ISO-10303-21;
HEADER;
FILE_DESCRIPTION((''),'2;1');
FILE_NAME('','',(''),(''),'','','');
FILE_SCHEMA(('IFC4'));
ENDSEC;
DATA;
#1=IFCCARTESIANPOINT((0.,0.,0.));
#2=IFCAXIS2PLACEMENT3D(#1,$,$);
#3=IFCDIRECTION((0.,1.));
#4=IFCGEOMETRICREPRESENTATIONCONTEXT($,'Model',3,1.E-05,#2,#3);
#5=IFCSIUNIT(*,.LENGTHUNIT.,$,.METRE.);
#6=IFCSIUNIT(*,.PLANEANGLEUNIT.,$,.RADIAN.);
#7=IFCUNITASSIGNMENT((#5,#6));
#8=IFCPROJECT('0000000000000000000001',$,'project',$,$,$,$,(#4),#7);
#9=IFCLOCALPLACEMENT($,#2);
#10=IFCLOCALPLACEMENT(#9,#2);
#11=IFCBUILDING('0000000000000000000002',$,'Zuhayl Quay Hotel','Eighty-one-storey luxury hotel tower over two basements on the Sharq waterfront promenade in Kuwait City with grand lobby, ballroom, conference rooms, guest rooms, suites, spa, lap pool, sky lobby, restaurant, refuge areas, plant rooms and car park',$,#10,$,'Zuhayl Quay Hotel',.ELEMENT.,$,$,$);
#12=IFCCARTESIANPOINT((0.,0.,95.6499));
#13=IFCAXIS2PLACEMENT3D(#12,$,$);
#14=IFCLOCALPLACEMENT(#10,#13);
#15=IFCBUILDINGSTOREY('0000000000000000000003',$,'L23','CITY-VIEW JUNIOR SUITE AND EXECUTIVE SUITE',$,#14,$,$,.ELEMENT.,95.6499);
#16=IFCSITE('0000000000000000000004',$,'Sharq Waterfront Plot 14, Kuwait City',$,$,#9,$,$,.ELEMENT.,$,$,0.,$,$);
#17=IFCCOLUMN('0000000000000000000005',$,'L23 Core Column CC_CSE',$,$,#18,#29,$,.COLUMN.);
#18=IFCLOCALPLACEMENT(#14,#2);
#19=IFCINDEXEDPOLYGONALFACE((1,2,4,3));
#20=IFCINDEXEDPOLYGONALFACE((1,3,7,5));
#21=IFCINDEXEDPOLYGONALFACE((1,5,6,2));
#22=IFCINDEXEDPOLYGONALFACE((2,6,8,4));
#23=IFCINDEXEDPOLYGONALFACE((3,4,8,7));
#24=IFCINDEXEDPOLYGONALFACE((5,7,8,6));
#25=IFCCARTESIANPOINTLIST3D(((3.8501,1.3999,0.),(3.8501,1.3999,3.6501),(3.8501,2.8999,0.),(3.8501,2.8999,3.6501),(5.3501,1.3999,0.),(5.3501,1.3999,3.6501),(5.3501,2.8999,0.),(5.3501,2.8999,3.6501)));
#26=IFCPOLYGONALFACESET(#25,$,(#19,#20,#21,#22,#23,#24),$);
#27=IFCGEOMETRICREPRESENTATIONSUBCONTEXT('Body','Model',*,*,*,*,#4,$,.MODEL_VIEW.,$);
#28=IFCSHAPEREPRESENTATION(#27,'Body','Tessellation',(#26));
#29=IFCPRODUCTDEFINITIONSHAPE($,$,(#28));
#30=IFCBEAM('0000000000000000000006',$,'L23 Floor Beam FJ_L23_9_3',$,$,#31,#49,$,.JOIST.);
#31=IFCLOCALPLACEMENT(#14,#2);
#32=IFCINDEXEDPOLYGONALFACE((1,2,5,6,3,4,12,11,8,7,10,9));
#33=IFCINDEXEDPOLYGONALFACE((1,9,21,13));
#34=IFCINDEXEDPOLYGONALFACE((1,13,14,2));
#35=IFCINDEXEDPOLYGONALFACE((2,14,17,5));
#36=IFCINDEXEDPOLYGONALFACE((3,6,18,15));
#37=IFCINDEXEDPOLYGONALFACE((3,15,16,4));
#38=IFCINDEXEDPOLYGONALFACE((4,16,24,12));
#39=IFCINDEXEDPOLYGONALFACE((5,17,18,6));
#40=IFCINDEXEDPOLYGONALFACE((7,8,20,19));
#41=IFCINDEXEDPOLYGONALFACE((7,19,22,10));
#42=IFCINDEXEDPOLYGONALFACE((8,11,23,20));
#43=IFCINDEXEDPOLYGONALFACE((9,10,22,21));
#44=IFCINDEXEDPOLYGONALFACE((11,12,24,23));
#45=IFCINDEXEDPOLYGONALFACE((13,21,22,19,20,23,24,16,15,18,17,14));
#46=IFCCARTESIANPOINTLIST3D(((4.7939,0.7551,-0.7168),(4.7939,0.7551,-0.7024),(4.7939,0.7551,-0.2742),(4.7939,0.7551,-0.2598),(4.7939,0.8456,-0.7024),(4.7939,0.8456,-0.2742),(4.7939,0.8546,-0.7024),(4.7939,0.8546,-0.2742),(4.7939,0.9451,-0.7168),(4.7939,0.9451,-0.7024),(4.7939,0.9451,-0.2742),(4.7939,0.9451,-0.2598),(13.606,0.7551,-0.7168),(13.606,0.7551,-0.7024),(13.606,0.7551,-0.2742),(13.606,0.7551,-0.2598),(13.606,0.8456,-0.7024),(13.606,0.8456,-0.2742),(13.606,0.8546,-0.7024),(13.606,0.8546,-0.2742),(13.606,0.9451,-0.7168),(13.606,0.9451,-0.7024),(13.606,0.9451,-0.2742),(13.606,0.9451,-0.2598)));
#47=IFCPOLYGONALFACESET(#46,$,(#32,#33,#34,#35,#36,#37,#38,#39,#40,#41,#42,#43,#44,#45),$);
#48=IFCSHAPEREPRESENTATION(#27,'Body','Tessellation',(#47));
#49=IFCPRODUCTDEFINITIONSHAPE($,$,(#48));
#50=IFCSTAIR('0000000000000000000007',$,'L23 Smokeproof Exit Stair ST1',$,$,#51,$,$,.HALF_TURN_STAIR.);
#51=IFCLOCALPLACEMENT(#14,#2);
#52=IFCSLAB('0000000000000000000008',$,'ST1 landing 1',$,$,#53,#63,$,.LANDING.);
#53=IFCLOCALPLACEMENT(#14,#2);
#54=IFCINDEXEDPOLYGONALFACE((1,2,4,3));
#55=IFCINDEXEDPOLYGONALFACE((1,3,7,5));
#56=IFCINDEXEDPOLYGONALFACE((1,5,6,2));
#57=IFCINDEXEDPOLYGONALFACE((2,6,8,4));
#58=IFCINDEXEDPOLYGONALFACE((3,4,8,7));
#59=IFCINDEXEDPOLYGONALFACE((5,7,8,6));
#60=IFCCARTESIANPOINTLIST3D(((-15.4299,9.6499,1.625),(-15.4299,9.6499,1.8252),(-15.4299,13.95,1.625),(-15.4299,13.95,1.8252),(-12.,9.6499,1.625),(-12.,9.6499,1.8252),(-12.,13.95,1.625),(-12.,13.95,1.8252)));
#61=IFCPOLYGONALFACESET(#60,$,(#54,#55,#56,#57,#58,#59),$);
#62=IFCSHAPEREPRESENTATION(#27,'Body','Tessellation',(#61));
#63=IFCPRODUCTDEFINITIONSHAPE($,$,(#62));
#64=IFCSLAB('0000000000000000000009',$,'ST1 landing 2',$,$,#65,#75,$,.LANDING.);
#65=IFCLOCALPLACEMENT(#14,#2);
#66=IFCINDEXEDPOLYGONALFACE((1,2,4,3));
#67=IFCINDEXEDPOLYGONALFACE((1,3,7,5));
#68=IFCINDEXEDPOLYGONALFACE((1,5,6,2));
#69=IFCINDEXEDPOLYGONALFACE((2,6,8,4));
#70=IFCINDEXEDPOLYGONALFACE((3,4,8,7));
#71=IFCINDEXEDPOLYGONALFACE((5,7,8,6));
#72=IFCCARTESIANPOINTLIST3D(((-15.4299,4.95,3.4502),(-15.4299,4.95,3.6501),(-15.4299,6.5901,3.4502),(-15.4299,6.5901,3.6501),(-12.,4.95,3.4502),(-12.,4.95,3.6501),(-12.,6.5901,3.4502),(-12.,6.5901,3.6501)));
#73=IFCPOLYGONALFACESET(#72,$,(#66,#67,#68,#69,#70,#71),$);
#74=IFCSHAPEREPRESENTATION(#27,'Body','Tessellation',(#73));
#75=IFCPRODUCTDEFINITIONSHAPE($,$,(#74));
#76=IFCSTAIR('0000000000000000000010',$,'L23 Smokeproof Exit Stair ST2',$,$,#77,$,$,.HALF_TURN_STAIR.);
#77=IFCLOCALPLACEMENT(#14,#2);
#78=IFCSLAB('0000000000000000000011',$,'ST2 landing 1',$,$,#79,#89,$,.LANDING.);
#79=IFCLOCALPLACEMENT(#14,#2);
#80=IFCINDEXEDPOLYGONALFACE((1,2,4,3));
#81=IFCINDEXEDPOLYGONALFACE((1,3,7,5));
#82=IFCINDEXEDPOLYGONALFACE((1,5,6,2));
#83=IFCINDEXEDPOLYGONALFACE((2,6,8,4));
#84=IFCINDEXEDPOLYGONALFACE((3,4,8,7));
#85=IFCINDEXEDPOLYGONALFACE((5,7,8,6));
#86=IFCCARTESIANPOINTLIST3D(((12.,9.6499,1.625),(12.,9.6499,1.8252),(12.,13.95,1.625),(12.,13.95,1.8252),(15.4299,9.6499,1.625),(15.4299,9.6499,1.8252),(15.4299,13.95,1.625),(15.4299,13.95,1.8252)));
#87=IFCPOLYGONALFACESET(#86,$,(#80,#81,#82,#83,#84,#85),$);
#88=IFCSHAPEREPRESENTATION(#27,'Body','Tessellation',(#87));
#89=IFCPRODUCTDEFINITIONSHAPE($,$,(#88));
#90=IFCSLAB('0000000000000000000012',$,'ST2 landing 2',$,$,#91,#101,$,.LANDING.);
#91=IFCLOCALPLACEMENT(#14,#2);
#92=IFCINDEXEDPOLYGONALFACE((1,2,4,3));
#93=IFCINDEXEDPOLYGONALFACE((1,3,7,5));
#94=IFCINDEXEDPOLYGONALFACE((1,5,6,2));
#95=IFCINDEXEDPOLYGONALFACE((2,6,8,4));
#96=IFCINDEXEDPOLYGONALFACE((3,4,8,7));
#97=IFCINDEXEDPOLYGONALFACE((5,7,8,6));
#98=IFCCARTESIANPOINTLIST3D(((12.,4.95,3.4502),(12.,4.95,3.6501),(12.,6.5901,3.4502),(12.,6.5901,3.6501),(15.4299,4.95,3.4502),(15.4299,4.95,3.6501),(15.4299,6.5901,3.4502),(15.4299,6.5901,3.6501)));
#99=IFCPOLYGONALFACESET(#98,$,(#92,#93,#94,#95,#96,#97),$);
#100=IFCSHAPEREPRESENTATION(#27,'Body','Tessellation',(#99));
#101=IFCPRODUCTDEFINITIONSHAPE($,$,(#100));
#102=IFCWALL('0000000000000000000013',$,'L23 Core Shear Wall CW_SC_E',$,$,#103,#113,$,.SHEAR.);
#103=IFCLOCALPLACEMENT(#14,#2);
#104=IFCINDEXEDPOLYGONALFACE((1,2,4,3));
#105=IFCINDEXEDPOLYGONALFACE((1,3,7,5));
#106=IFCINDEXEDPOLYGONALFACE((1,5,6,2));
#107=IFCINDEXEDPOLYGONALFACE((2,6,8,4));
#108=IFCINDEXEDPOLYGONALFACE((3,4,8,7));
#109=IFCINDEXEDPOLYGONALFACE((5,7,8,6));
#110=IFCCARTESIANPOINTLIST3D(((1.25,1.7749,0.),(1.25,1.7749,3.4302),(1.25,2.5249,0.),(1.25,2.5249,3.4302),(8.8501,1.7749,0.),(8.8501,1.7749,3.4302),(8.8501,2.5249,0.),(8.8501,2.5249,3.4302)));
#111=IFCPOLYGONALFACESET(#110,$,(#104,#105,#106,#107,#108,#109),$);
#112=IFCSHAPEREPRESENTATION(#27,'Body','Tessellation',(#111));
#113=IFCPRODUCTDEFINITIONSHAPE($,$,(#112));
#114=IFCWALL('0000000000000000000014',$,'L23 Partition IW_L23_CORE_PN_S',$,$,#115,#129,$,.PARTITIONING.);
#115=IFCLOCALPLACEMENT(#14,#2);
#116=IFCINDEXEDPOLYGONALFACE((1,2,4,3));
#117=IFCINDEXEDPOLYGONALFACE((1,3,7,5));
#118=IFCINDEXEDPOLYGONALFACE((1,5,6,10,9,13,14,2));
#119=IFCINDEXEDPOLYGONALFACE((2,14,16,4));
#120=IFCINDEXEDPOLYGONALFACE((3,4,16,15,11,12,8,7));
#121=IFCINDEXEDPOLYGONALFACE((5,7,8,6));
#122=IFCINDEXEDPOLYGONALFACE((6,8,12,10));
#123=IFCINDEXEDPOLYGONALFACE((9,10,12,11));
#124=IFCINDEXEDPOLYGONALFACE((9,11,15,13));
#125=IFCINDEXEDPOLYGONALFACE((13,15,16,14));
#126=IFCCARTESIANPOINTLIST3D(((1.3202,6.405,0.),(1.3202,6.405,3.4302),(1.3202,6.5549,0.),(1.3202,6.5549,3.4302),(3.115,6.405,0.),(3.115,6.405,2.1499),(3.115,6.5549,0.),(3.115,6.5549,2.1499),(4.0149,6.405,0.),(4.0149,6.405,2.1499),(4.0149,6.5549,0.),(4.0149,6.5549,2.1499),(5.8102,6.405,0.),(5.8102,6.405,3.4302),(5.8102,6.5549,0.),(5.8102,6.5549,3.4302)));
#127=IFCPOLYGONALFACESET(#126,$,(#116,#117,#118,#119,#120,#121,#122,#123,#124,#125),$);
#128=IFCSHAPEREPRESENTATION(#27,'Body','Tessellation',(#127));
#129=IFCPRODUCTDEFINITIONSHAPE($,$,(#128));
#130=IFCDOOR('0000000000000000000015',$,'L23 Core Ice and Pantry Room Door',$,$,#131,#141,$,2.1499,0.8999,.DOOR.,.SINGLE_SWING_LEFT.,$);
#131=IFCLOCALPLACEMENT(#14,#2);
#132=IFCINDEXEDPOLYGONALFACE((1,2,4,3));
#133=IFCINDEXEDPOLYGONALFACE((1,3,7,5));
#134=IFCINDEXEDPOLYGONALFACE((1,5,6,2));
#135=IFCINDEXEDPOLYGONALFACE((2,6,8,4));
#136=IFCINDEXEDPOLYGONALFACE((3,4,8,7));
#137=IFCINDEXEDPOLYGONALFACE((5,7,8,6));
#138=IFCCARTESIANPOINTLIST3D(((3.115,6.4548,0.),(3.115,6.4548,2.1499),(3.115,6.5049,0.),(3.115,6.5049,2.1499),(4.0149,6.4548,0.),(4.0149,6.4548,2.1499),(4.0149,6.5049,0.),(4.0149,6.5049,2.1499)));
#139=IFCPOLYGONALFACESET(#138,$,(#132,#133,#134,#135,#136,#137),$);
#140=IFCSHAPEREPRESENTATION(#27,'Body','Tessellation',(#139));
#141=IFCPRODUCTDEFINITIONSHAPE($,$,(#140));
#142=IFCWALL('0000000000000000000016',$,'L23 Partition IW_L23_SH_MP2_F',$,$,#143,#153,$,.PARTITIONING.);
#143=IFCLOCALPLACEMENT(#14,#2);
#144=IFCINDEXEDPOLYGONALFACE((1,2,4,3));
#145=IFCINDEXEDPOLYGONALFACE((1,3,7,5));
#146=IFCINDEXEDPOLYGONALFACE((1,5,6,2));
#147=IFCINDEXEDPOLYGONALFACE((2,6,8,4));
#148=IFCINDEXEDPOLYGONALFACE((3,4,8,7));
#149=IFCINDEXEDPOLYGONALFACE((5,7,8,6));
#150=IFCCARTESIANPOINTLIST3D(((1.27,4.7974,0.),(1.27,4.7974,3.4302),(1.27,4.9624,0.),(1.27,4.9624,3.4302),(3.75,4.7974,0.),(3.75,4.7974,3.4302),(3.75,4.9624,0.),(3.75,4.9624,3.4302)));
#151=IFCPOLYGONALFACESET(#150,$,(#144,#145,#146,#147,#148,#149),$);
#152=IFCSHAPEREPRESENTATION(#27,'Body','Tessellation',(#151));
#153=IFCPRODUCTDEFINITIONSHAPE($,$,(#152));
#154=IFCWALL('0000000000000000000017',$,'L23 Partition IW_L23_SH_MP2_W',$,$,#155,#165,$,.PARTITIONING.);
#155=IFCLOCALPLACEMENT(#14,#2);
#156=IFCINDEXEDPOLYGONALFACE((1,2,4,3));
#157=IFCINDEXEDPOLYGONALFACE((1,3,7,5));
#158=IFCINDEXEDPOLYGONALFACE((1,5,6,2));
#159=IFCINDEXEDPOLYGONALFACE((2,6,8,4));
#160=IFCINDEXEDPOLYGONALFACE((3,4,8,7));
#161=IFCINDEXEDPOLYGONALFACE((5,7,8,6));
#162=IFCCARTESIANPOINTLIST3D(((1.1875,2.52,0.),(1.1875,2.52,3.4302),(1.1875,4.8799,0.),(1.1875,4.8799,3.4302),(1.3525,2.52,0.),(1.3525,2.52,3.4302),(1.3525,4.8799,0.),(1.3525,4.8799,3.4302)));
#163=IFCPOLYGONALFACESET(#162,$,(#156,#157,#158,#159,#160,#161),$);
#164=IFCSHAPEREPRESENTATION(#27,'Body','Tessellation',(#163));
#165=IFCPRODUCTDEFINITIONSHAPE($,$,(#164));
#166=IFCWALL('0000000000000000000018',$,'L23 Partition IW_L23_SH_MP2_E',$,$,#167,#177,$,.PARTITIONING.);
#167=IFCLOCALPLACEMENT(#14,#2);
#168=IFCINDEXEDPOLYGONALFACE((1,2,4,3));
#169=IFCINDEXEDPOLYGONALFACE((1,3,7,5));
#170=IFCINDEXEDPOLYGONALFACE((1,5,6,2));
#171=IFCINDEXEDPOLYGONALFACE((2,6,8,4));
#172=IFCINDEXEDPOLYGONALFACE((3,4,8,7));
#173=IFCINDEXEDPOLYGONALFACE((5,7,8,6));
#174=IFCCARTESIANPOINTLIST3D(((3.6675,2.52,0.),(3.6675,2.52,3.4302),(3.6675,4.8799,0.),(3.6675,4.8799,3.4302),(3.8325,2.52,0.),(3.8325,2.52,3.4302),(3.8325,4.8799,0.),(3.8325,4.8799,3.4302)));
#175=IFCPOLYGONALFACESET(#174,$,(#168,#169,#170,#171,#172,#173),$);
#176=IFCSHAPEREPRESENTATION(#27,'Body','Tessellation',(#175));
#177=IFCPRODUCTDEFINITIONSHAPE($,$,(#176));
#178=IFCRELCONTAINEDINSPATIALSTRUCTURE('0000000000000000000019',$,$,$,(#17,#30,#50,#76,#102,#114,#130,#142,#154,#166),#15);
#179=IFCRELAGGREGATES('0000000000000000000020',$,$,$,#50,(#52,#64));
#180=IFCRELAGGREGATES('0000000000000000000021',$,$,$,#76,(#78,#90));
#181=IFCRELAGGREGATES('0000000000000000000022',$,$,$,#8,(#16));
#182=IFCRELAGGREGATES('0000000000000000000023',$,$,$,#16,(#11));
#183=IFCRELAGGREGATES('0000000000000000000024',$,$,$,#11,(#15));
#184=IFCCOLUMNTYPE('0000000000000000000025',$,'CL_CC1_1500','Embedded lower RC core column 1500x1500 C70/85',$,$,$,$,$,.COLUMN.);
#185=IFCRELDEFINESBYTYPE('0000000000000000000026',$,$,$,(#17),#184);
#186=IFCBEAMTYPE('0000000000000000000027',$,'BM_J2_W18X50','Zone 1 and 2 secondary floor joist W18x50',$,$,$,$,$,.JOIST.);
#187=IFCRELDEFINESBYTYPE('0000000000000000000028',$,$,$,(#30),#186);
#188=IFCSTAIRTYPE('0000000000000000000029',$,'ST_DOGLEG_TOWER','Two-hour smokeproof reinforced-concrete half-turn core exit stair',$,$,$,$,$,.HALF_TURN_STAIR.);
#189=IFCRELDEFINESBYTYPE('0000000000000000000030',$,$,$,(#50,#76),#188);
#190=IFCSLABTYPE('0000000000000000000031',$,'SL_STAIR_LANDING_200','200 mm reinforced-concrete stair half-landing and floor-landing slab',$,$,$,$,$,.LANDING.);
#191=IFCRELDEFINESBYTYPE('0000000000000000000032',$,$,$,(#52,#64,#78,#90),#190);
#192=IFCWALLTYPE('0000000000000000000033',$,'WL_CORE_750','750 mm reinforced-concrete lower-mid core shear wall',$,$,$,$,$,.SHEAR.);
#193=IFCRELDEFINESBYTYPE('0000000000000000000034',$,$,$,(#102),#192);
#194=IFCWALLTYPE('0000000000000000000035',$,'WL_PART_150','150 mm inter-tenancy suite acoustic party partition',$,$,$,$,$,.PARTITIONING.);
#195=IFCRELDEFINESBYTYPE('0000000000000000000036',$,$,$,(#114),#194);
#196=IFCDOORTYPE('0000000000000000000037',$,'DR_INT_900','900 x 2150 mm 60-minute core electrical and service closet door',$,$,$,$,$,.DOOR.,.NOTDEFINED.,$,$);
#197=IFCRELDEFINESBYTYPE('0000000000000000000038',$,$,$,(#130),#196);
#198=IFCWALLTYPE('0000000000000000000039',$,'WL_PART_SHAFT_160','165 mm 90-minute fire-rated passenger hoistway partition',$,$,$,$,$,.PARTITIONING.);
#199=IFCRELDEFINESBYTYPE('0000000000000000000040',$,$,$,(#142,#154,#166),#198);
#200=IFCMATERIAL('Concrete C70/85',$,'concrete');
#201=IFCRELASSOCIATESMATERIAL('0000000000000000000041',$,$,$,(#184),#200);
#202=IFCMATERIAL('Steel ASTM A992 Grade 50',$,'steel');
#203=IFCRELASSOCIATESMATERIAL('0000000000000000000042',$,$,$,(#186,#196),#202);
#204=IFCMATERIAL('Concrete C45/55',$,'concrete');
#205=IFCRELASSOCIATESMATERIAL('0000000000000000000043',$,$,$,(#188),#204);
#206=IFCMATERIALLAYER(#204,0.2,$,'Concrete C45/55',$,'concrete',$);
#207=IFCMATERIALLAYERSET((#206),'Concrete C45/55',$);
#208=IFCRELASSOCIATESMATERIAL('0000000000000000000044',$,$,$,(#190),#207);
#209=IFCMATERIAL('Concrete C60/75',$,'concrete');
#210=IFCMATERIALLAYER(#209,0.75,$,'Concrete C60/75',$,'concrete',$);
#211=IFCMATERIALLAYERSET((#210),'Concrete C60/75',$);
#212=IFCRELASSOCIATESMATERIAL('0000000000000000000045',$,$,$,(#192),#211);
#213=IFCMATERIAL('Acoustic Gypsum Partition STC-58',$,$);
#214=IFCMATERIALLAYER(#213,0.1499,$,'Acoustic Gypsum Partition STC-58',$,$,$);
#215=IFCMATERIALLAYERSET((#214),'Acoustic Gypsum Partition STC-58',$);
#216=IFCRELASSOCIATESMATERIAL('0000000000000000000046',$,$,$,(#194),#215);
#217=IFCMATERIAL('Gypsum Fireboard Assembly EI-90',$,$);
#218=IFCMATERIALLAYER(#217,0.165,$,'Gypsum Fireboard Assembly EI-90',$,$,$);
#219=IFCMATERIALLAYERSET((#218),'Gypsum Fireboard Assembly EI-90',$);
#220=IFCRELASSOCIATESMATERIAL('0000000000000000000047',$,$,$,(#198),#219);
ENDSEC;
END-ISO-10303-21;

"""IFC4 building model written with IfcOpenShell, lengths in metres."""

from ifc_helpers import new_model, si_unit, direction, frame, frame_2d, origin, origin_2d, place, context, subcontext, project, spatial, polyline, rectangle, i_section, outline, extrude, material, layer, layer_set, material_profile, profile_set, type_object, element, fill, aggregate, save


model = new_model("IFC4")

# Units and contexts
model_context = context("Model", 3, precision=1e-05, world=origin(), true_north=direction((0.0, 1.0)))
body_context = subcontext(model_context, "Body", "Model", "MODEL_VIEW")
ifc_project = project(units=[si_unit("LENGTHUNIT", "METRE"), si_unit("PLANEANGLEUNIT", "RADIAN")], contexts=[model_context])

# Site, building, storey
site_placement = place(None, origin())
site = spatial("IfcSite", under=ifc_project, at=site_placement, Name="Sharq Waterfront Plot 14, Kuwait City", CompositionType="ELEMENT", RefElevation=0.0)
building_placement = place(site_placement, origin())
building = spatial("IfcBuilding", under=site, at=building_placement, Name="Zuhayl Quay Hotel", Description="Eighty-one-storey luxury hotel tower over two basements on the Sharq waterfront promenade in Kuwait City with grand lobby, ballroom, conference rooms, guest rooms, suites, spa, lap pool, sky lobby, restaurant, refuge areas, plant rooms and car park", LongName="Zuhayl Quay Hotel", CompositionType="ELEMENT")
storey_placement = place(building_placement, frame((0.0, 0.0, 95.6499)))
storey = spatial("IfcBuildingStorey", under=building, at=storey_placement, Name="L23", Description="CITY-VIEW JUNIOR SUITE AND EXECUTIVE SUITE", CompositionType="ELEMENT", Elevation=95.6499)

# Column
ifc_material_1 = material(Name="Concrete C70/85", Category="concrete")
ifc_material_profile_1 = material_profile(ifc_material_1, rectangle(XDim=1.5, YDim=1.5, at=origin_2d()), Name="RC1500X1500")
ifc_profile_set_1 = profile_set([ifc_material_profile_1], Name="Concrete C70/85")
column_type = type_object("IfcColumnType", Name="CL_CC1_1500", Description="Embedded lower RC core column 1500x1500 C70/85", PredefinedType="COLUMN", material=ifc_profile_set_1)
column_placement = place(storey_placement, frame((4.6001, 2.1499, 0.0), z_axis=(0.0, 0.0, 1.0), x_axis=(1.0, 0.0, 0.0)))
element("IfcColumn", 1, at=column_placement, inside=storey, type_object=column_type, Name="L23 Core Column CC_CSE", PredefinedType="COLUMN", context=body_context, shape_type="SweptSolid", body=[
    extrude(rectangle(XDim=1.5, YDim=1.5, at=origin_2d()), origin(), (0.0, 0.0, 1.0), 3.6501),
])

# Beam
ifc_material_2 = material(Name="Steel ASTM A992 Grade 50", Category="steel")
ifc_material_profile_2 = material_profile(ifc_material_2, i_section(OverallWidth=0.1899, OverallDepth=0.457, WebThickness=0.009, FlangeThickness=0.0144, at=origin_2d()), Name="W18X50")
ifc_profile_set_2 = profile_set([ifc_material_profile_2], Name="Steel ASTM A992 Grade 50")
beam_type = type_object("IfcBeamType", Name="BM_J2_W18X50", Description="Zone 1 and 2 secondary floor joist W18x50", PredefinedType="JOIST", material=ifc_profile_set_2)
beam_placement = place(storey_placement, frame((4.7939, 0.8501, -0.4883), z_axis=(1.0, 0.0, 0.0), x_axis=(0.0, 1.0, 0.0)))
element("IfcBeam", 2, at=beam_placement, inside=storey, type_object=beam_type, Name="L23 Floor Beam FJ_L23_9_3", PredefinedType="JOIST", context=body_context, shape_type="SweptSolid", body=[
    extrude(i_section(OverallWidth=0.1899, OverallDepth=0.457, WebThickness=0.009, FlangeThickness=0.0144, at=origin_2d()), origin(), (0.0, 0.0, 1.0), 8.812),
])

# Stairs, slabs
ifc_material_3 = material(Name="Concrete C45/55", Category="concrete")
stair_type = type_object("IfcStairType", Name="ST_DOGLEG_TOWER", Description="Two-hour smokeproof reinforced-concrete half-turn core exit stair", PredefinedType="HALF_TURN_STAIR", material=ifc_material_3)
stair_1_placement = place(storey_placement, origin())
stair_1 = element("IfcStair", 3, at=stair_1_placement, inside=storey, type_object=stair_type, Name="L23 Smokeproof Exit Stair ST1", PredefinedType="HALF_TURN_STAIR")
ifc_layer_1 = layer(ifc_material_3, 0.2, Name="Concrete C45/55", Category="concrete")
ifc_layer_set_1 = layer_set([ifc_layer_1], Name="Concrete C45/55")
slab_type = type_object("IfcSlabType", Name="SL_STAIR_LANDING_200", Description="200 mm reinforced-concrete stair half-landing and floor-landing slab", PredefinedType="LANDING", material=ifc_layer_set_1)
slab_1_placement = place(storey_placement, frame((0.0, 0.0, 1.625)))
slab_1 = element("IfcSlab", 4, at=slab_1_placement, type_object=slab_type, Name="ST1 landing 1", PredefinedType="LANDING", context=body_context, shape_type="SweptSolid", body=[
    extrude(outline(polyline([(-12.0, 9.6499), (-12.0, 13.95), (-15.4299, 13.95), (-15.4299, 9.6499), (-12.0, 9.6499)])), origin(), (0.0, 0.0, 1.0), 0.2002),
])
slab_2_placement = place(storey_placement, frame((0.0, 0.0, 3.4502)))
slab_2 = element("IfcSlab", 5, at=slab_2_placement, type_object=slab_type, Name="ST1 landing 2", PredefinedType="LANDING", context=body_context, shape_type="SweptSolid", body=[
    extrude(outline(polyline([(-12.0, 4.95), (-12.0, 6.5901), (-15.4299, 6.5901), (-15.4299, 4.95), (-12.0, 4.95)])), origin(), (0.0, 0.0, 1.0), 0.2),
])
aggregate(stair_1, [slab_1, slab_2])
stair_2_placement = place(storey_placement, origin())
stair_2 = element("IfcStair", 6, at=stair_2_placement, inside=storey, type_object=stair_type, Name="L23 Smokeproof Exit Stair ST2", PredefinedType="HALF_TURN_STAIR")
slab_3_placement = place(storey_placement, frame((0.0, 0.0, 1.625)))
slab_3 = element("IfcSlab", 7, at=slab_3_placement, type_object=slab_type, Name="ST2 landing 1", PredefinedType="LANDING", context=body_context, shape_type="SweptSolid", body=[
    extrude(outline(polyline([(15.4299, 9.6499), (15.4299, 13.95), (12.0, 13.95), (12.0, 9.6499), (15.4299, 9.6499)])), origin(), (0.0, 0.0, 1.0), 0.2002),
])
slab_4_placement = place(storey_placement, frame((0.0, 0.0, 3.4502)))
slab_4 = element("IfcSlab", 8, at=slab_4_placement, type_object=slab_type, Name="ST2 landing 2", PredefinedType="LANDING", context=body_context, shape_type="SweptSolid", body=[
    extrude(outline(polyline([(15.4299, 4.95), (15.4299, 6.5901), (12.0, 6.5901), (12.0, 4.95), (15.4299, 4.95)])), origin(), (0.0, 0.0, 1.0), 0.2),
])
aggregate(stair_2, [slab_3, slab_4])

# Wall
ifc_material_4 = material(Name="Concrete C60/75", Category="concrete")
ifc_layer_2 = layer(ifc_material_4, 0.75, Name="Concrete C60/75", Category="concrete")
ifc_layer_set_2 = layer_set([ifc_layer_2], Name="Concrete C60/75")
wall_type_1 = type_object("IfcWallType", Name="WL_CORE_750", Description="750 mm reinforced-concrete lower-mid core shear wall", PredefinedType="SHEAR", material=ifc_layer_set_2)
wall_1_placement = place(storey_placement, frame((1.25, 2.1499, 0.0), z_axis=(0.0, 0.0, 1.0), x_axis=(1.0, 0.0, 0.0)))
element("IfcWall", 9, at=wall_1_placement, inside=storey, type_object=wall_type_1, Name="L23 Core Shear Wall CW_SC_E", PredefinedType="SHEAR", context=body_context, shape_type="SweptSolid", body=[
    extrude(rectangle(XDim=7.6001, YDim=0.75, at=frame_2d((3.8, 0.0))), origin(), (0.0, 0.0, 1.0), 3.4302),
])

# Wall, opening, door
ifc_material_5 = material(Name="Acoustic Gypsum Partition STC-58")
ifc_layer_3 = layer(ifc_material_5, 0.1499, Name="Acoustic Gypsum Partition STC-58")
ifc_layer_set_3 = layer_set([ifc_layer_3], Name="Acoustic Gypsum Partition STC-58")
wall_type_2 = type_object("IfcWallType", Name="WL_PART_150", Description="150 mm inter-tenancy suite acoustic party partition", PredefinedType="PARTITIONING", material=ifc_layer_set_3)
wall_2_placement = place(storey_placement, frame((1.3201, 6.48, 0.0), z_axis=(0.0, 0.0, 1.0), x_axis=(1.0, 0.0, 0.0)))
wall_2 = element("IfcWall", 10, at=wall_2_placement, inside=storey, type_object=wall_type_2, Name="L23 Partition IW_L23_CORE_PN_S", PredefinedType="PARTITIONING", context=body_context, shape_type="SweptSolid", body=[
    extrude(rectangle(XDim=4.49, YDim=0.1499, at=frame_2d((2.2451, 0.0))), origin(), (0.0, 0.0, 1.0), 3.4302),
])
opening_placement = place(wall_2_placement, frame((1.7949, 0.0, 0.0)))
opening = element("IfcOpeningElement", 11, at=opening_placement, cuts=wall_2, PredefinedType="OPENING", context=body_context, shape_type="SweptSolid", body=[
    extrude(rectangle(XDim=0.8999, YDim=2.1499, at=frame_2d((0.45, 1.075))), frame((0.0, 0.085, 0.0), z_axis=(0.0, -1.0, 0.0), x_axis=(1.0, 0.0, 0.0)), (0.0, 0.0, 1.0), 0.1699),
])
door_type = type_object("IfcDoorType", Name="DR_INT_900", Description="900 x 2150 mm 60-minute core electrical and service closet door", OperationType="NOTDEFINED", PredefinedType="DOOR", material=ifc_material_2)
door_placement = place(opening_placement, origin())
door = element("IfcDoor", 12, at=door_placement, inside=storey, type_object=door_type, Name="L23 Core Ice and Pantry Room Door", OperationType="SINGLE_SWING_LEFT", OverallHeight=2.1499, OverallWidth=0.8999, PredefinedType="DOOR", context=body_context, shape_type="SweptSolid", body=[
    extrude(rectangle(XDim=0.8999, YDim=2.1499, at=frame_2d((0.45, 1.075))), frame((0.0, 0.0249, 0.0), z_axis=(0.0, -1.0, 0.0), x_axis=(1.0, 0.0, 0.0)), (0.0, 0.0, 1.0), 0.05),
])
fill(opening, door)

# Walls
ifc_material_6 = material(Name="Gypsum Fireboard Assembly EI-90")
ifc_layer_4 = layer(ifc_material_6, 0.165, Name="Gypsum Fireboard Assembly EI-90")
ifc_layer_set_4 = layer_set([ifc_layer_4], Name="Gypsum Fireboard Assembly EI-90")
wall_type_3 = type_object("IfcWallType", Name="WL_PART_SHAFT_160", Description="165 mm 90-minute fire-rated passenger hoistway partition", PredefinedType="PARTITIONING", material=ifc_layer_set_4)
wall_3_placement = place(storey_placement, frame((1.27, 4.8799, 0.0), z_axis=(0.0, 0.0, 1.0), x_axis=(1.0, 0.0, 0.0)))
element("IfcWall", 13, at=wall_3_placement, inside=storey, type_object=wall_type_3, Name="L23 Partition IW_L23_SH_MP2_F", PredefinedType="PARTITIONING", context=body_context, shape_type="SweptSolid", body=[
    extrude(rectangle(XDim=2.48, YDim=0.165, at=frame_2d((1.24, 0.0))), origin(), (0.0, 0.0, 1.0), 3.4302),
])
for number, where, z_axis, x_axis, name in (
    (14, (1.27, 2.52, 0.0), (0.0, 0.0, 1.0), (0.0, 1.0, 0.0), "L23 Partition IW_L23_SH_MP2_W"),
    (15, (3.75, 2.52, 0.0), (0.0, 0.0, 1.0), (0.0, 1.0, 0.0), "L23 Partition IW_L23_SH_MP2_E"),
):
    element("IfcWall", number, at=place(storey_placement, frame(where, z_axis=z_axis, x_axis=x_axis)), inside=storey, type_object=wall_type_3, Name=name, PredefinedType="PARTITIONING", context=body_context, shape_type="SweptSolid", body=[
        extrude(rectangle(XDim=2.3599, YDim=0.165, at=frame_2d((1.1799, 0.0))), origin(), (0.0, 0.0, 1.0), 3.4302),
    ])

save(model, "model.ifc")
